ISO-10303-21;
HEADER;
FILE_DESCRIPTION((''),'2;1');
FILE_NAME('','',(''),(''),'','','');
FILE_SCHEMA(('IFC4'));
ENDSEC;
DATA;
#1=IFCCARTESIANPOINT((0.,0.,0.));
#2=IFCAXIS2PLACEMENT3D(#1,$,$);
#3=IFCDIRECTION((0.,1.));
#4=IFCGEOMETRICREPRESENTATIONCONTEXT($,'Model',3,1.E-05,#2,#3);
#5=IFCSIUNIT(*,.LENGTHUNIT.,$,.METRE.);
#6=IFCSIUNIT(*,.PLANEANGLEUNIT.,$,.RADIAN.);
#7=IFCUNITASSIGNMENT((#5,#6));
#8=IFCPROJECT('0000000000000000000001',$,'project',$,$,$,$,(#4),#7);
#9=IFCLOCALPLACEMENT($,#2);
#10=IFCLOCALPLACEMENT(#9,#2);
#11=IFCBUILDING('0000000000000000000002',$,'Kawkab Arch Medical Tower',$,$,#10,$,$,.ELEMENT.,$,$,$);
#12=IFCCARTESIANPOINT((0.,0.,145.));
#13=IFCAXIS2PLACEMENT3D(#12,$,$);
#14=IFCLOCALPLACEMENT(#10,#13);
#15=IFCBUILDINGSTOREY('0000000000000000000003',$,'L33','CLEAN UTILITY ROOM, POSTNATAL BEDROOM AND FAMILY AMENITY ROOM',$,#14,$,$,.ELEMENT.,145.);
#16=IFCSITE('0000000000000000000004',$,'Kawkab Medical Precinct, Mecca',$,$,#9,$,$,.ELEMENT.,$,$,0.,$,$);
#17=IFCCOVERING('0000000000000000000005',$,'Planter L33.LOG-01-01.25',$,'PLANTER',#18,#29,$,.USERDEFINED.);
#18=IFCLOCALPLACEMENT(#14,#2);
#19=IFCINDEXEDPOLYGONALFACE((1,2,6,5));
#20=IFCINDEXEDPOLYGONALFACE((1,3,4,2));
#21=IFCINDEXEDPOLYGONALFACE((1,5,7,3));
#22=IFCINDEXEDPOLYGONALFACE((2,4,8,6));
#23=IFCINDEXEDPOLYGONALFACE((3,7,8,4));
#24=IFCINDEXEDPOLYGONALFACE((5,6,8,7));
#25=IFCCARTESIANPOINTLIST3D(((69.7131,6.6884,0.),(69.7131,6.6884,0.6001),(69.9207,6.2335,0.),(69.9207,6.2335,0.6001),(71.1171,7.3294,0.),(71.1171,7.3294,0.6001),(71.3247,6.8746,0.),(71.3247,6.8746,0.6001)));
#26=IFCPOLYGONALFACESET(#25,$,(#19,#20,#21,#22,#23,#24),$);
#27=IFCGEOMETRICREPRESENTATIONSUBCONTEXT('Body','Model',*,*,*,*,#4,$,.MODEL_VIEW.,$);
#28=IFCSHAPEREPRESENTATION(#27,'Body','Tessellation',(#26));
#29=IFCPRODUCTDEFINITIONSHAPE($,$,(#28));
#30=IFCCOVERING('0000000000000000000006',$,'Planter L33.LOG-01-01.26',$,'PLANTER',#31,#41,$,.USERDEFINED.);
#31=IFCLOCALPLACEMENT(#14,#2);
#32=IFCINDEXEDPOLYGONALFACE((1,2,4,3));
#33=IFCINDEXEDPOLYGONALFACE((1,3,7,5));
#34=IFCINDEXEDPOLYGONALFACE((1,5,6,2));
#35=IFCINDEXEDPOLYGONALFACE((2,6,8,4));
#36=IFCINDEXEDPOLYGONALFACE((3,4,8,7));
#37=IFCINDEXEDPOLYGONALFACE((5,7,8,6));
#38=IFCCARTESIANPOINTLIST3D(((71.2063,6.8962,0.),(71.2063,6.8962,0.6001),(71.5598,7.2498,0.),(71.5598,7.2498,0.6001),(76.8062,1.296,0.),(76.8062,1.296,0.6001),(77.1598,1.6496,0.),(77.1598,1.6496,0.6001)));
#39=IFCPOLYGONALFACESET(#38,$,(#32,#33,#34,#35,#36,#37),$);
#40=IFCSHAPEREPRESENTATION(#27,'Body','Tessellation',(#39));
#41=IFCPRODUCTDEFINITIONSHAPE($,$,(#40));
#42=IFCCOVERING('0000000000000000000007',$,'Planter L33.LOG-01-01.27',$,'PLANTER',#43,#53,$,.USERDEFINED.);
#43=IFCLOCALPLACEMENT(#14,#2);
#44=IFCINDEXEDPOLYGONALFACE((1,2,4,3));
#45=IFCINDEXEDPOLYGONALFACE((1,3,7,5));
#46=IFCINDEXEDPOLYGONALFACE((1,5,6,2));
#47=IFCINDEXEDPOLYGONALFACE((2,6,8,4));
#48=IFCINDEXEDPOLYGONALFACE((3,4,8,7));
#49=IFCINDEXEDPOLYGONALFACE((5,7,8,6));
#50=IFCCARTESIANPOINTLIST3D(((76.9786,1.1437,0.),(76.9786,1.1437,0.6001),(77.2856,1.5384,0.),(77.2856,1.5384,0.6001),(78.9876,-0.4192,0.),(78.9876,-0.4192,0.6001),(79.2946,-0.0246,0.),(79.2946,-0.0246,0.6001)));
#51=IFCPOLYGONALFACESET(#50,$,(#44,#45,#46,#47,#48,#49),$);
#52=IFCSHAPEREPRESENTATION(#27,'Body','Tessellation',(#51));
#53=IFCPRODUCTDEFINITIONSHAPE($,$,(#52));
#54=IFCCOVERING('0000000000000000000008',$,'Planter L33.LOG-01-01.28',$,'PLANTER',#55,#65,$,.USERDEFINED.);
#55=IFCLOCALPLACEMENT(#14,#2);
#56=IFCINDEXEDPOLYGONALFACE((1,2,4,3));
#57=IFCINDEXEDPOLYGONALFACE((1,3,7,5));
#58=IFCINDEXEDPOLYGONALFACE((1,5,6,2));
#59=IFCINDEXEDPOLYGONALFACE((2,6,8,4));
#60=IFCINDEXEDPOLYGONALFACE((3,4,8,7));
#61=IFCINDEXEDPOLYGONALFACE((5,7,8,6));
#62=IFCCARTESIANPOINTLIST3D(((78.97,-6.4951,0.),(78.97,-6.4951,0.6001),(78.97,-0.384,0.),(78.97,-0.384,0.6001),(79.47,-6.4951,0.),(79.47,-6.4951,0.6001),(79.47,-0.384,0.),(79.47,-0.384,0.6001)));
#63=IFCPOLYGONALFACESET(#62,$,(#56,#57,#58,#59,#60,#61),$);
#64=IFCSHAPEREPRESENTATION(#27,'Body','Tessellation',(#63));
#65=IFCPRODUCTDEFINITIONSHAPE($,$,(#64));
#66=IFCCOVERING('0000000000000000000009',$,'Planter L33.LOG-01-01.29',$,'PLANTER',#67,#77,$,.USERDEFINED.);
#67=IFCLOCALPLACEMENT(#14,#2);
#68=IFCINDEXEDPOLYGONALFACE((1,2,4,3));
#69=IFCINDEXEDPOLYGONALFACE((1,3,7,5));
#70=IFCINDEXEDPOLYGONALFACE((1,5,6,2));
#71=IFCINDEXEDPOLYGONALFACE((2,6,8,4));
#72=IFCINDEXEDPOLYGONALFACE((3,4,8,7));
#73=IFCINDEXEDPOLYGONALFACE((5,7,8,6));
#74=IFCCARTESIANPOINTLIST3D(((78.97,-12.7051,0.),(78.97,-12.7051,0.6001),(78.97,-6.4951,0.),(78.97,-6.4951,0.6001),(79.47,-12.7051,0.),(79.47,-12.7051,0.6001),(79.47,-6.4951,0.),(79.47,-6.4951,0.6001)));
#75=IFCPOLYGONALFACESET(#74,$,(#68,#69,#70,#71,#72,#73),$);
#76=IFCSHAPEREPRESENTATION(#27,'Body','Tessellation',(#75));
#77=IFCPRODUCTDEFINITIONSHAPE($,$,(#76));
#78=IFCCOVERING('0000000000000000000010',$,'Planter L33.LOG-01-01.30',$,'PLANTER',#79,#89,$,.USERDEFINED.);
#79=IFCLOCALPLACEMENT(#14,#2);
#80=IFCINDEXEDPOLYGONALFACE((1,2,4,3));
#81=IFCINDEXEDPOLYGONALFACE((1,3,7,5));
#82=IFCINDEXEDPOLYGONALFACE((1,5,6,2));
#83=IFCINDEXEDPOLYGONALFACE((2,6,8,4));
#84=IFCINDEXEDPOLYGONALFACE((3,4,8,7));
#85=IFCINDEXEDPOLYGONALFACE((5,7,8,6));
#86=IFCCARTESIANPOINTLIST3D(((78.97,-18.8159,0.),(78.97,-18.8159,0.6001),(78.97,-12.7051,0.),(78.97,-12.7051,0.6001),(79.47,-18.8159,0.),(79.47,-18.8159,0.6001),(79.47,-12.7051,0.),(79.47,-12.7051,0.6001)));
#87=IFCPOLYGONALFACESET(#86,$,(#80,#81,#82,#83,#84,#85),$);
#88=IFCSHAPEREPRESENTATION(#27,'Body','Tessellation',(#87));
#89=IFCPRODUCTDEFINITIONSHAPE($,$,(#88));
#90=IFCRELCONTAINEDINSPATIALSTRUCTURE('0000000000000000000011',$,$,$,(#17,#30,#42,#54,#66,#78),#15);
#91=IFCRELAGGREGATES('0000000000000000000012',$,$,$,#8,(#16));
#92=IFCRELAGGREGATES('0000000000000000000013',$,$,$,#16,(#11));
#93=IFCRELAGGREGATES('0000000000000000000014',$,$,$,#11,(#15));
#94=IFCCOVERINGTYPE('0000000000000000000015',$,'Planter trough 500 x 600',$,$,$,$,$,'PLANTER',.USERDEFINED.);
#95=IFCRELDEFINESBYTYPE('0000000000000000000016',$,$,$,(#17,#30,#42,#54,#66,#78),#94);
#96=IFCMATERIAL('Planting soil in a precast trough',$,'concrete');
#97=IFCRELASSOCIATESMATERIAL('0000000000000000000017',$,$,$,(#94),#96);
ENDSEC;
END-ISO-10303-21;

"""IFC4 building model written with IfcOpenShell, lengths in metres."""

from ifc_helpers import new_model, si_unit, direction, frame, origin, origin_2d, place, context, subcontext, project, spatial, rectangle, extrude, material, material_profile, profile_set, type_object, element, save


model = new_model("IFC4")

# Units and contexts
model_context = context("Model", 3, precision=1e-05, world=origin(), true_north=direction((0.0, 1.0)))
body_context = subcontext(model_context, "Body", "Model", "MODEL_VIEW")
ifc_project = project(units=[si_unit("LENGTHUNIT", "METRE"), si_unit("PLANEANGLEUNIT", "RADIAN")], contexts=[model_context])

# Site, building, storey
site_placement = place(None, origin())
site = spatial("IfcSite", under=ifc_project, at=site_placement, Name="Kawkab Medical Precinct, Mecca", CompositionType="ELEMENT", RefElevation=0.0)
building_placement = place(site_placement, origin())
building = spatial("IfcBuilding", under=site, at=building_placement, Name="Kawkab Arch Medical Tower", CompositionType="ELEMENT")
storey_placement = place(building_placement, frame((0.0, 0.0, 145.0)))
storey = spatial("IfcBuildingStorey", under=building, at=storey_placement, Name="L33", Description="CLEAN UTILITY ROOM, POSTNATAL BEDROOM AND FAMILY AMENITY ROOM", CompositionType="ELEMENT", Elevation=145.0)

# Coverings
ifc_material_1 = material(Name="Planting soil in a precast trough", Category="concrete")
ifc_material_profile_1 = material_profile(ifc_material_1, rectangle(XDim=0.5, YDim=0.6001, at=origin_2d()), Name="Trough 500x600")
ifc_profile_set_1 = profile_set([ifc_material_profile_1], Name="Planting soil in a precast trough")
covering_type_1 = type_object("IfcCoveringType", Name="Planter trough 500 x 600", ElementType="PLANTER", PredefinedType="USERDEFINED", material=ifc_profile_set_1)
covering_1_placement = place(storey_placement, frame((69.8169, 6.4609, 0.3), z_axis=(0.909656, 0.415363, 0.0), x_axis=(-0.415363, 0.909656, 0.0)))
element("IfcCovering", 1, at=covering_1_placement, inside=storey, type_object=covering_type_1, Name="Planter L33.LOG-01-01.25", ObjectType="PLANTER", PredefinedType="USERDEFINED", context=body_context, shape_type="SweptSolid", body=[
    extrude(rectangle(XDim=0.5, YDim=0.6001, at=origin_2d()), origin(), (0.0, 0.0, 1.0), 1.5435),
])
covering_2_placement = place(storey_placement, frame((71.3831, 7.073, 0.3), z_axis=(0.707091, -0.707122, 0.0), x_axis=(0.707122, 0.707091, 0.0)))
element("IfcCovering", 2, at=covering_2_placement, inside=storey, type_object=covering_type_1, Name="Planter L33.LOG-01-01.26", ObjectType="PLANTER", PredefinedType="USERDEFINED", context=body_context, shape_type="SweptSolid", body=[
    extrude(rectangle(XDim=0.5, YDim=0.6001, at=origin_2d()), origin(), (0.0, 0.0, 1.0), 7.9197),
])
covering_3_placement = place(storey_placement, frame((77.1321, 1.3411, 0.3), z_axis=(0.789275, -0.61404, 0.0), x_axis=(0.61404, 0.789275, 0.0)))
element("IfcCovering", 3, at=covering_3_placement, inside=storey, type_object=covering_type_1, Name="Planter L33.LOG-01-01.27", ObjectType="PLANTER", PredefinedType="USERDEFINED", context=body_context, shape_type="SweptSolid", body=[
    extrude(rectangle(XDim=0.5, YDim=0.6001, at=origin_2d()), origin(), (0.0, 0.0, 1.0), 2.5454),
])
covering_4_placement = place(storey_placement, frame((79.22, -0.384, 0.3), z_axis=(0.0, -1.0, 0.0), x_axis=(1.0, 0.0, 0.0)))
element("IfcCovering", 4, at=covering_4_placement, inside=storey, type_object=covering_type_1, Name="Planter L33.LOG-01-01.28", ObjectType="PLANTER", PredefinedType="USERDEFINED", context=body_context, shape_type="SweptSolid", body=[
    extrude(rectangle(XDim=0.5, YDim=0.6001, at=origin_2d()), origin(), (0.0, 0.0, 1.0), 6.1111),
])
covering_5_placement = place(storey_placement, frame((79.22, -6.4951, 0.3), z_axis=(0.0, -1.0, 0.0), x_axis=(1.0, 0.0, 0.0)))
element("IfcCovering", 5, at=covering_5_placement, inside=storey, type_object=covering_type_1, Name="Planter L33.LOG-01-01.29", ObjectType="PLANTER", PredefinedType="USERDEFINED", context=body_context, shape_type="SweptSolid", body=[
    extrude(rectangle(XDim=0.5, YDim=0.6001, at=origin_2d()), origin(), (0.0, 0.0, 1.0), 6.21),
])
covering_6_placement = place(storey_placement, frame((79.22, -12.7051, 0.3), z_axis=(0.0, -1.0, 0.0), x_axis=(1.0, 0.0, 0.0)))
element("IfcCovering", 6, at=covering_6_placement, inside=storey, type_object=covering_type_1, Name="Planter L33.LOG-01-01.30", ObjectType="PLANTER", PredefinedType="USERDEFINED", context=body_context, shape_type="SweptSolid", body=[
    extrude(rectangle(XDim=0.5, YDim=0.6001, at=origin_2d()), origin(), (0.0, 0.0, 1.0), 6.1108),
])

save(model, "model.ifc")
